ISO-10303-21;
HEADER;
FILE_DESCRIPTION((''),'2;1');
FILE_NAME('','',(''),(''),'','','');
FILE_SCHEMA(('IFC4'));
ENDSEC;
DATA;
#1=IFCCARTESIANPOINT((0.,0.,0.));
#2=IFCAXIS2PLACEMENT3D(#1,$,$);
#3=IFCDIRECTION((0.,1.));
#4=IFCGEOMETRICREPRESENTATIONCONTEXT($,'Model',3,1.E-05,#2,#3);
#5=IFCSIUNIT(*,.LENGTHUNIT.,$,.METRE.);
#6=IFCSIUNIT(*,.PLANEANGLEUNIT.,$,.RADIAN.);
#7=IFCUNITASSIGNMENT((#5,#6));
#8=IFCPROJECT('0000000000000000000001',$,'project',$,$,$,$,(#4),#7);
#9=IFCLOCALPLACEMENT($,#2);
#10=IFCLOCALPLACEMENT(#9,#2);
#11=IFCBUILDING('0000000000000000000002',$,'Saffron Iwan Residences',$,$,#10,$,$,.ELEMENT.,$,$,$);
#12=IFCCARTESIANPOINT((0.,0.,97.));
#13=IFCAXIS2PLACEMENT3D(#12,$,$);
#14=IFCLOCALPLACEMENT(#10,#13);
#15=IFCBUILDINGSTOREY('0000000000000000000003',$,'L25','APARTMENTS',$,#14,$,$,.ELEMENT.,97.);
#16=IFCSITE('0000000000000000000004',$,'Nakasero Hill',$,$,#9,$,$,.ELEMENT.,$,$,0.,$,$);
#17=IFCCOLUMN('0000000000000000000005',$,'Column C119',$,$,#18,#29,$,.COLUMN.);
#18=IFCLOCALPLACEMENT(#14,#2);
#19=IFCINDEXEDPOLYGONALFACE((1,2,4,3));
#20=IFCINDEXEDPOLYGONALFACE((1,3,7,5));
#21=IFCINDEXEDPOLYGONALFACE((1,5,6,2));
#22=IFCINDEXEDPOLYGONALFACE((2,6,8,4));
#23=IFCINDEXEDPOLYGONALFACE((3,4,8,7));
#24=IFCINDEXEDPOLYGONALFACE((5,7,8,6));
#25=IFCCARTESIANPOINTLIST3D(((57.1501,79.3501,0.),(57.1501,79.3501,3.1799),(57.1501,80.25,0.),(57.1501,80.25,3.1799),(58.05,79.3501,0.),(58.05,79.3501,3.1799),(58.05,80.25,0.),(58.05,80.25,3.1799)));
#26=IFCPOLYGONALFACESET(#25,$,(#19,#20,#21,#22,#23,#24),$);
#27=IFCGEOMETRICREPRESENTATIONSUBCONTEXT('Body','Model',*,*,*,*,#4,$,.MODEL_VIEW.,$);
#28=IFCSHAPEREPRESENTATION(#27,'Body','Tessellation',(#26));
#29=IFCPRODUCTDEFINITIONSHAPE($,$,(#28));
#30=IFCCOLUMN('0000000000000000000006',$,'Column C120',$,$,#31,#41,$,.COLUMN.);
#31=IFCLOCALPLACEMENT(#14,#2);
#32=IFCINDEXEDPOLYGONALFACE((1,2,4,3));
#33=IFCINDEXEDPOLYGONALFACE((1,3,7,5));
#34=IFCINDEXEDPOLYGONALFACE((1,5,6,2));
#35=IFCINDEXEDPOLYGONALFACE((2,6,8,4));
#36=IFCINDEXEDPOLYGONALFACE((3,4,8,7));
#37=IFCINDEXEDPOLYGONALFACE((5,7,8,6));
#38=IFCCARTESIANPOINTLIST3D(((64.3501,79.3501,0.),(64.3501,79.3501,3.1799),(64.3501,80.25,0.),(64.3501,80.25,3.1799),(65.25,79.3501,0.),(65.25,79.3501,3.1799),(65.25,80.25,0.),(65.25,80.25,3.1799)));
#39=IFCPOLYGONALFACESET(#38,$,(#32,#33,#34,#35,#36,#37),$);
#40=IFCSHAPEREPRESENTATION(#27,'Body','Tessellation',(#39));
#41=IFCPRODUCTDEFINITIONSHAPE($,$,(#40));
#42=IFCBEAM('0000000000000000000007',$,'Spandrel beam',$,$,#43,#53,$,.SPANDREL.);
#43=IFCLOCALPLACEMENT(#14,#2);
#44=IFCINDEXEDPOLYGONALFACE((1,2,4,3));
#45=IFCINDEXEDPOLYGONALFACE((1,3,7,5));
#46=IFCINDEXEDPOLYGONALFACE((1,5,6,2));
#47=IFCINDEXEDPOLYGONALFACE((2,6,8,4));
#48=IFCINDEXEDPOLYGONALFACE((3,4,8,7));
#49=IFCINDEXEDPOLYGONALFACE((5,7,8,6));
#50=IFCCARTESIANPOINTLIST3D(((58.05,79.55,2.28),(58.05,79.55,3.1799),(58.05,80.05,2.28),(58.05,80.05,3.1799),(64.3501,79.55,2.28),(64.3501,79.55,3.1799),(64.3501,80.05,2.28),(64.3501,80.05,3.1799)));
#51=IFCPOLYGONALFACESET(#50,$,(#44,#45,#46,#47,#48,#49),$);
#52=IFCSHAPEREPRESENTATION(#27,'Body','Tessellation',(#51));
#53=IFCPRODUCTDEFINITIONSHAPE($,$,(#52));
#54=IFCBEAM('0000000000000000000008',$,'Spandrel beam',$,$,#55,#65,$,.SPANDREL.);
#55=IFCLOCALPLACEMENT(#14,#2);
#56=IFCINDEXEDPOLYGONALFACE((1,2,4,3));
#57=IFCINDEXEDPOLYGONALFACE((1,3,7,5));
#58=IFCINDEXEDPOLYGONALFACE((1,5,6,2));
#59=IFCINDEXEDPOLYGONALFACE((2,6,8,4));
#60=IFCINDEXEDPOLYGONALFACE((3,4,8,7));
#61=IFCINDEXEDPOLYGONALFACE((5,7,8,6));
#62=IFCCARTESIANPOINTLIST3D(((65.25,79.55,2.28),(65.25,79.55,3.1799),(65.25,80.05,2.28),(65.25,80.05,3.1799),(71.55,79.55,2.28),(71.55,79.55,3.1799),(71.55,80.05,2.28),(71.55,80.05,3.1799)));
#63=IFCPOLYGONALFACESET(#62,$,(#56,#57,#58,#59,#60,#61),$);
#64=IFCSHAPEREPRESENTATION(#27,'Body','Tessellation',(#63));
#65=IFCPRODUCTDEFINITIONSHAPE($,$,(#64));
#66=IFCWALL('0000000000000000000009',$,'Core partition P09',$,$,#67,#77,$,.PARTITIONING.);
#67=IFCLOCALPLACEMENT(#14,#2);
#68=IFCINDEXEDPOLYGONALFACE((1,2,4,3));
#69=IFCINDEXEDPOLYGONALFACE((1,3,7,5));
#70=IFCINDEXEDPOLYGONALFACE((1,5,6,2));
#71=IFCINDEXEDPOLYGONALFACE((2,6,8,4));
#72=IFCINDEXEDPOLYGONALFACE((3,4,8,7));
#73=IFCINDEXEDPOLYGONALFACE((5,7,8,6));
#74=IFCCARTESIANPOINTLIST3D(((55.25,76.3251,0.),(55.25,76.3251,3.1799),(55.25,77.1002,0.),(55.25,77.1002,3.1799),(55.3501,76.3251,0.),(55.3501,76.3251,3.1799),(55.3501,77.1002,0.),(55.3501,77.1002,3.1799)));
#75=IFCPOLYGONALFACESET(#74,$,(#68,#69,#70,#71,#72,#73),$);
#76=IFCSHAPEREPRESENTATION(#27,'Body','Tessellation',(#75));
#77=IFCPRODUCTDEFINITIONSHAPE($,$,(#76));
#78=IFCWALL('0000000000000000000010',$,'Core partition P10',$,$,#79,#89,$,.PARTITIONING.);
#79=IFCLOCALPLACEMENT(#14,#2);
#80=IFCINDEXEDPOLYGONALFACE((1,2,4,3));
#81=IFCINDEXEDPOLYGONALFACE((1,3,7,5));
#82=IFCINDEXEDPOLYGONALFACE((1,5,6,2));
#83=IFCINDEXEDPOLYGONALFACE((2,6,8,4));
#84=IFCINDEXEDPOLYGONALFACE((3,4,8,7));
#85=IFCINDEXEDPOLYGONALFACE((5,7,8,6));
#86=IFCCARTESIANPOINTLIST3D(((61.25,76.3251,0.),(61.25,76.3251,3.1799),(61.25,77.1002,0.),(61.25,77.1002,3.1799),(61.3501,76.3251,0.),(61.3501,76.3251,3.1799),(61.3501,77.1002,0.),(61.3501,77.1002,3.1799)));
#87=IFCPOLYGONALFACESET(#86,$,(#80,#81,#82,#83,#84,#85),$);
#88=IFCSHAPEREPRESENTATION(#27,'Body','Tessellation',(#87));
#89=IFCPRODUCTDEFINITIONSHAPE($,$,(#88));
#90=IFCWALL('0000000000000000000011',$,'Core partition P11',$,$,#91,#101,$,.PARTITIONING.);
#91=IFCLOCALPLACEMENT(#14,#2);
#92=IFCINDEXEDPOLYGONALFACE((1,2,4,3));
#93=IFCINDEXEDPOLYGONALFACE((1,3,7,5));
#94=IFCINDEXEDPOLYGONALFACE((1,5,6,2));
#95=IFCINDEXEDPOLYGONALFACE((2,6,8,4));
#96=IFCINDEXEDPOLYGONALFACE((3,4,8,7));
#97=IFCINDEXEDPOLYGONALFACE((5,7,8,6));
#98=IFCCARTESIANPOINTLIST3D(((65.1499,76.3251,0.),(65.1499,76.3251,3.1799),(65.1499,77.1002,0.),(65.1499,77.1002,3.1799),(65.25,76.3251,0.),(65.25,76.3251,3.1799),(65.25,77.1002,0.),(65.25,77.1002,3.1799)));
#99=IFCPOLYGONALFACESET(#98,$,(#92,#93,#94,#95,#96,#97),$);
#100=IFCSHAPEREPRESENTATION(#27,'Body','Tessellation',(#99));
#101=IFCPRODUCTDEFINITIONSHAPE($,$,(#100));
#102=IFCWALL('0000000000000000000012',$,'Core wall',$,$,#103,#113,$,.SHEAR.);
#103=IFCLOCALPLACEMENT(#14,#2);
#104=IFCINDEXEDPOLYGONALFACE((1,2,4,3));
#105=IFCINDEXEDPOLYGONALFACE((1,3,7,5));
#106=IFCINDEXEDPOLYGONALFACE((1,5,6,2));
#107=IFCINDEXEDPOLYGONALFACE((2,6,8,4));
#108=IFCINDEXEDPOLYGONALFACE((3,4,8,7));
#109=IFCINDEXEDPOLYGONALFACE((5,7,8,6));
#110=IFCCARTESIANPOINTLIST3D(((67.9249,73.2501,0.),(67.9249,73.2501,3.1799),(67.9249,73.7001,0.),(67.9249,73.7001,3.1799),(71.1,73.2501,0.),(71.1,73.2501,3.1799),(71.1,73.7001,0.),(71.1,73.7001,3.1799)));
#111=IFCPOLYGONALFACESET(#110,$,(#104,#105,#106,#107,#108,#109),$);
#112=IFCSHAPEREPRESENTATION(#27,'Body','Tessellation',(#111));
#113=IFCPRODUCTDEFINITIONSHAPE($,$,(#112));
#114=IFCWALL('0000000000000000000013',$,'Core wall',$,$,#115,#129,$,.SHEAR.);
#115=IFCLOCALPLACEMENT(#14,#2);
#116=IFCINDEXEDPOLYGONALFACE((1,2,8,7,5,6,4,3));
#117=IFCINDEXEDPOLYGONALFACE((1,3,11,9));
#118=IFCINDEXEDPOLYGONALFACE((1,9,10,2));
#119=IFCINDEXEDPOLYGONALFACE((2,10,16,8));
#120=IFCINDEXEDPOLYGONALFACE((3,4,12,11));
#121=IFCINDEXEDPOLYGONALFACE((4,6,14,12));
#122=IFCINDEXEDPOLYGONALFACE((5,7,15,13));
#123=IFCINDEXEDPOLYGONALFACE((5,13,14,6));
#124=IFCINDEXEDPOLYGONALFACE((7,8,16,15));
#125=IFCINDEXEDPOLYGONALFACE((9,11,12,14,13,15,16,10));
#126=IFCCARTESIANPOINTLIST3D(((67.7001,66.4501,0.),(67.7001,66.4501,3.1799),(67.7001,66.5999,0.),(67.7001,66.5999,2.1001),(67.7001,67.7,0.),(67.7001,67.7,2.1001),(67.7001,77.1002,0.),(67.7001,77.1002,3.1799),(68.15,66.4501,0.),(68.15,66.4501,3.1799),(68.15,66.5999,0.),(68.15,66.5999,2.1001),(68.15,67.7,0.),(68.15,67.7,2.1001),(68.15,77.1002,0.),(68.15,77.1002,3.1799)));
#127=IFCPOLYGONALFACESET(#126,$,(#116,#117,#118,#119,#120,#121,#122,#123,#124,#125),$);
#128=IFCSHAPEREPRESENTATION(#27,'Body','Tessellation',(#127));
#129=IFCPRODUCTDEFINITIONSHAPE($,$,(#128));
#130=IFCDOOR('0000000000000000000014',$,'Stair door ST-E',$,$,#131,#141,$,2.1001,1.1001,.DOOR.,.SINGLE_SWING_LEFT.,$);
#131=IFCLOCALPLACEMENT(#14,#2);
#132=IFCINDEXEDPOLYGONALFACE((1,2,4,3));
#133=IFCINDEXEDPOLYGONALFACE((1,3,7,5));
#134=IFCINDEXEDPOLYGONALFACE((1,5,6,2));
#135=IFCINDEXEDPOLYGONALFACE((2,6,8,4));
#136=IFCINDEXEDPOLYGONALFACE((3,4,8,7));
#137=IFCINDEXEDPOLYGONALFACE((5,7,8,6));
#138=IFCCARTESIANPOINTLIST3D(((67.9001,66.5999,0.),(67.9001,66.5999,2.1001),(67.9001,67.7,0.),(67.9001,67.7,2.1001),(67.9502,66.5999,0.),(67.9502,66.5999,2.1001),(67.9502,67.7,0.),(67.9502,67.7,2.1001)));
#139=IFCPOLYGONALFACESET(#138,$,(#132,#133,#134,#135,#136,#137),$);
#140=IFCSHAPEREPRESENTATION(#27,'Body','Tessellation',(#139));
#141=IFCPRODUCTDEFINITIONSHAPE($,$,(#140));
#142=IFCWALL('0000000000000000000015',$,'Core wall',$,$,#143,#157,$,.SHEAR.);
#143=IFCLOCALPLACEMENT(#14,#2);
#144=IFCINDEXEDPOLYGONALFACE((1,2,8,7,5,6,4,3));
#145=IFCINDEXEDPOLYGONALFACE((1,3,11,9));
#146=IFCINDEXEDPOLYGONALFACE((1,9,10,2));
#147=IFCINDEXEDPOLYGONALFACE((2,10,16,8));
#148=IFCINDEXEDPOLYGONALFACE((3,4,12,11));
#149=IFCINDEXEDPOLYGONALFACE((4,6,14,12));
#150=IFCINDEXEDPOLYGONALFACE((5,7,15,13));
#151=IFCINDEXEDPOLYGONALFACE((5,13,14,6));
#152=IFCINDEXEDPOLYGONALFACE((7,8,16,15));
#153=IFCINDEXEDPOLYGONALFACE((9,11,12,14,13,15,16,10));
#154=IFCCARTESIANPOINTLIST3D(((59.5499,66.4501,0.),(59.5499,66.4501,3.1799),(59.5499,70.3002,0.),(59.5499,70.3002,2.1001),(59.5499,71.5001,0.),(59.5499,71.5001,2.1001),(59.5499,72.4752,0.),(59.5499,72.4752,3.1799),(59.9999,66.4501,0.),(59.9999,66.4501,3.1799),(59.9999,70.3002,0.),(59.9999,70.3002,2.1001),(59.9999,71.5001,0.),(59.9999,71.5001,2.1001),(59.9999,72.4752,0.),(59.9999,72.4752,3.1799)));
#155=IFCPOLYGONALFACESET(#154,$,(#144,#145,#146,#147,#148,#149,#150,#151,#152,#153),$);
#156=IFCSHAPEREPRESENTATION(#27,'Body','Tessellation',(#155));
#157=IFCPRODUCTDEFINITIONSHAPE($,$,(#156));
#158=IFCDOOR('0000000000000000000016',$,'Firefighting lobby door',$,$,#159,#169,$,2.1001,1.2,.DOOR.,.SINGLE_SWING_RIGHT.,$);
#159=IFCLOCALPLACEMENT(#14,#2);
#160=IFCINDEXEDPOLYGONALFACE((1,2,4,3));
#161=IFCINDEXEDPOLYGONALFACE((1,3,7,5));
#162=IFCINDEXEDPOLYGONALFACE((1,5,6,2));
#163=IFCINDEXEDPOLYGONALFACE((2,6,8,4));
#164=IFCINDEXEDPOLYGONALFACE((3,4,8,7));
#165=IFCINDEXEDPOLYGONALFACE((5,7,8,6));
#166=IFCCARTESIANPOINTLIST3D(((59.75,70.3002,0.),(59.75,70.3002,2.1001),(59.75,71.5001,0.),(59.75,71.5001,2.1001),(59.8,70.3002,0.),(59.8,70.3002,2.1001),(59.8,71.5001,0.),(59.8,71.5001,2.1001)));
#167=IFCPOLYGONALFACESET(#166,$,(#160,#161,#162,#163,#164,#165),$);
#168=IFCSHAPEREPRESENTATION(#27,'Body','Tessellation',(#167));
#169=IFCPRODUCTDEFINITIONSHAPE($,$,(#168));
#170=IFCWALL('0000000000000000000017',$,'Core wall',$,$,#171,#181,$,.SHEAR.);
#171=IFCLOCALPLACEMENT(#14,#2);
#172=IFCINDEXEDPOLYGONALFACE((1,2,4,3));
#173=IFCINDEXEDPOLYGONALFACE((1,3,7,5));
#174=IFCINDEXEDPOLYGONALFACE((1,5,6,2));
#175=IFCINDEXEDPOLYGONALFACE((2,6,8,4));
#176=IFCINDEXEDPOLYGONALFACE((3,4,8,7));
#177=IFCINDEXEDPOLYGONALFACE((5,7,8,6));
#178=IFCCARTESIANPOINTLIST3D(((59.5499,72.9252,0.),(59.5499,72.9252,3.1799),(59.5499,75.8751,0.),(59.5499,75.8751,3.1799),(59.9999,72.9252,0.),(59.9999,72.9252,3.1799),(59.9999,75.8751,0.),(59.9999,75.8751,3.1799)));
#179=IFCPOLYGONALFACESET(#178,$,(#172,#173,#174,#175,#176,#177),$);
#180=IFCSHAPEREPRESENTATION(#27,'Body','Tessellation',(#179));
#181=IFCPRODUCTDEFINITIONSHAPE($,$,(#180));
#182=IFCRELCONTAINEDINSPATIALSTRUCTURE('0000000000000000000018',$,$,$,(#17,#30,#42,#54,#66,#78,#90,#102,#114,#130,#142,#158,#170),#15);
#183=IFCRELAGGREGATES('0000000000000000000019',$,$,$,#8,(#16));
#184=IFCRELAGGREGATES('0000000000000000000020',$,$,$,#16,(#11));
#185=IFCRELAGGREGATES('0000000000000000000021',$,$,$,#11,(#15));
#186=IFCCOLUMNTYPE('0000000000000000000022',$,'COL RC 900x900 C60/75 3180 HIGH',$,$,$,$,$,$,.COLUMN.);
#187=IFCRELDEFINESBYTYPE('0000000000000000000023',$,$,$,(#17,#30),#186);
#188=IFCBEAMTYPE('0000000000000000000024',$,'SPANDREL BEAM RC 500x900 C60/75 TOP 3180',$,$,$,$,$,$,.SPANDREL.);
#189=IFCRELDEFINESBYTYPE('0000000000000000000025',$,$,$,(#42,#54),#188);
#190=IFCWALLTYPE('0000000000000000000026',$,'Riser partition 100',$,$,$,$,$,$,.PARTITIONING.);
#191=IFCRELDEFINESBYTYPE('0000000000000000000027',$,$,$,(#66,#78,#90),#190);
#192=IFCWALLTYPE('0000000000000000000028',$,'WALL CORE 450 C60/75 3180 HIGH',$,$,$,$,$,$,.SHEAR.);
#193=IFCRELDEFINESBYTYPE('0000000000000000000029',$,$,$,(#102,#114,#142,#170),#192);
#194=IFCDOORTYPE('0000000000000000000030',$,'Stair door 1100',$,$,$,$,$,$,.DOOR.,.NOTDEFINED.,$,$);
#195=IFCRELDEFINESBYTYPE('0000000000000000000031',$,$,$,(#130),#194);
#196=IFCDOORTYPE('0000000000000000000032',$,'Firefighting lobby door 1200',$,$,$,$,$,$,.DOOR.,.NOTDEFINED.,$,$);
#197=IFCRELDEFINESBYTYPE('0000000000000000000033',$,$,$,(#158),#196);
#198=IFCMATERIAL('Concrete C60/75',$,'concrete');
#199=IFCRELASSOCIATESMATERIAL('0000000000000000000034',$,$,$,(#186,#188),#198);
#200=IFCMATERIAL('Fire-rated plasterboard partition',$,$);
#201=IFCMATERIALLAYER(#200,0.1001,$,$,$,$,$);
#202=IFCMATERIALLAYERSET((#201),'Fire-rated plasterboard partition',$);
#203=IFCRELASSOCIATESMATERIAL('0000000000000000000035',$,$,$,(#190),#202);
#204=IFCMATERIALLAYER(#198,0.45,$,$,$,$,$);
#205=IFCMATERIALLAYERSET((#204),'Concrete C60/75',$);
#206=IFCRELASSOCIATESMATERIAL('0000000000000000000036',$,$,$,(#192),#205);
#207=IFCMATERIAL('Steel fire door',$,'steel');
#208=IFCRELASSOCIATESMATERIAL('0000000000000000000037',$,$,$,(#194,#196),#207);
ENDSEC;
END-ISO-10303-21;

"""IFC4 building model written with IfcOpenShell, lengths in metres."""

from ifc_helpers import new_model, si_unit, direction, frame, frame_2d, origin, origin_2d, place, context, subcontext, project, spatial, rectangle, extrude, source, transform, mapped, material, layer, layer_set, material_profile, profile_set, type_object, element, fill, save


model = new_model("IFC4")

# Units and contexts
model_context = context("Model", 3, precision=1e-05, world=origin(), true_north=direction((0.0, 1.0)))
body_context = subcontext(model_context, "Body", "Model", "MODEL_VIEW")
ifc_project = project(units=[si_unit("LENGTHUNIT", "METRE"), si_unit("PLANEANGLEUNIT", "RADIAN")], contexts=[model_context])

# Site, building, storey
site_placement = place(None, origin())
site = spatial("IfcSite", under=ifc_project, at=site_placement, Name="Nakasero Hill", CompositionType="ELEMENT", RefElevation=0.0)
building_placement = place(site_placement, origin())
building = spatial("IfcBuilding", under=site, at=building_placement, Name="Saffron Iwan Residences", CompositionType="ELEMENT")
storey_placement = place(building_placement, frame((0.0, 0.0, 97.0)))
storey = spatial("IfcBuildingStorey", under=building, at=storey_placement, Name="L25", Description="APARTMENTS", CompositionType="ELEMENT", Elevation=97.0)

# Columns
ifc_material_1 = material(Name="Concrete C60/75", Category="concrete")
ifc_material_profile_1 = material_profile(ifc_material_1, rectangle(XDim=0.8999, YDim=0.8999, at=origin_2d()), Name="RC 900x900")
ifc_profile_set_1 = profile_set([ifc_material_profile_1], Name="Concrete C60/75")
column_type = type_object("IfcColumnType", Name="COL RC 900x900 C60/75 3180 HIGH", PredefinedType="COLUMN", material=ifc_profile_set_1)
shared_shape_1 = source(origin(), body_context, "Body", "SweptSolid", [
    extrude(rectangle(XDim=0.8999, YDim=0.8999, at=origin_2d()), origin(), (0.0, 0.0, 1.0), 3.1799),
])
for number, where, z_axis, x_axis, name in (
    (1, (57.6001, 79.8, 0.0), (0.0, 0.0, 1.0), (1.0, 0.0, 0.0), "Column C119"),
    (2, (64.8, 79.8, 0.0), (0.0, 0.0, 1.0), (1.0, 0.0, 0.0), "Column C120"),
):
    element("IfcColumn", number, at=place(storey_placement, frame(where, z_axis=z_axis, x_axis=x_axis)), inside=storey, type_object=column_type, Name=name, PredefinedType="COLUMN", context=body_context, shape_type="MappedRepresentation", body=[
        mapped(shared_shape_1, transform((0.0, 0.0, 0.0))),
    ])

# Beams
ifc_material_profile_2 = material_profile(ifc_material_1, rectangle(XDim=0.5, YDim=0.8999, at=origin_2d()), Name="RC 500x900")
ifc_profile_set_2 = profile_set([ifc_material_profile_2], Name="Concrete C60/75")
beam_type = type_object("IfcBeamType", Name="SPANDREL BEAM RC 500x900 C60/75 TOP 3180", PredefinedType="SPANDREL", material=ifc_profile_set_2)
shared_shape_2 = source(origin(), body_context, "Body", "SweptSolid", [
    extrude(rectangle(XDim=0.5, YDim=0.8999, at=origin_2d()), origin(), (0.0, 0.0, 1.0), 6.3),
])
for number, where, z_axis, x_axis, name in (
    (3, (58.05, 79.8, 2.73), (1.0, 0.0, 0.0), (0.0, 1.0, 0.0), "Spandrel beam"),
    (4, (65.25, 79.8, 2.73), (1.0, 0.0, 0.0), (0.0, 1.0, 0.0), "Spandrel beam"),
):
    element("IfcBeam", number, at=place(storey_placement, frame(where, z_axis=z_axis, x_axis=x_axis)), inside=storey, type_object=beam_type, Name=name, PredefinedType="SPANDREL", context=body_context, shape_type="MappedRepresentation", body=[
        mapped(shared_shape_2, transform((0.0, 0.0, 0.0))),
    ])

# Walls
ifc_material_2 = material(Name="Fire-rated plasterboard partition")
ifc_layer_1 = layer(ifc_material_2, 0.1001)
ifc_layer_set_1 = layer_set([ifc_layer_1], Name="Fire-rated plasterboard partition")
wall_type_1 = type_object("IfcWallType", Name="Riser partition 100", PredefinedType="PARTITIONING", material=ifc_layer_set_1)
for number, where, z_axis, x_axis, name in (
    (5, (55.3, 76.325, 0.0), (0.0, 0.0, 1.0), (0.0, 1.0, 0.0), "Core partition P09"),
    (6, (61.3, 76.325, 0.0), (0.0, 0.0, 1.0), (0.0, 1.0, 0.0), "Core partition P10"),
    (7, (65.2, 76.325, 0.0), (0.0, 0.0, 1.0), (0.0, 1.0, 0.0), "Core partition P11"),
):
    element("IfcWall", number, at=place(storey_placement, frame(where, z_axis=z_axis, x_axis=x_axis)), inside=storey, type_object=wall_type_1, Name=name, PredefinedType="PARTITIONING", context=body_context, shape_type="SweptSolid", body=[
        extrude(rectangle(XDim=0.7751, YDim=0.1001, at=frame_2d((0.3877, 0.0))), origin(), (0.0, 0.0, 1.0), 3.1799),
    ])
ifc_layer_2 = layer(ifc_material_1, 0.45)
ifc_layer_set_2 = layer_set([ifc_layer_2], Name="Concrete C60/75")
wall_type_2 = type_object("IfcWallType", Name="WALL CORE 450 C60/75 3180 HIGH", PredefinedType="SHEAR", material=ifc_layer_set_2)
wall_1_placement = place(storey_placement, frame((67.925, 73.4751, 0.0), z_axis=(0.0, 0.0, 1.0), x_axis=(1.0, 0.0, 0.0)))
element("IfcWall", 8, at=wall_1_placement, inside=storey, type_object=wall_type_2, Name="Core wall", PredefinedType="SHEAR", context=body_context, shape_type="SweptSolid", body=[
    extrude(rectangle(XDim=3.175, YDim=0.45, at=frame_2d((1.5874, 0.0))), origin(), (0.0, 0.0, 1.0), 3.1799),
])

# Walls, openings, doors
wall_2_placement = place(storey_placement, frame((67.925, 66.45, 0.0), z_axis=(0.0, 0.0, 1.0), x_axis=(0.0, 1.0, 0.0)))
wall_2 = element("IfcWall", 9, at=wall_2_placement, inside=storey, type_object=wall_type_2, Name="Core wall", PredefinedType="SHEAR", context=body_context, shape_type="SweptSolid", body=[
    extrude(rectangle(XDim=10.6501, YDim=0.45, at=frame_2d((5.3252, 0.0))), origin(), (0.0, 0.0, 1.0), 3.1799),
])
opening_1_placement = place(wall_2_placement, frame((0.1499, 0.0, 0.0)))
opening_1 = element("IfcOpeningElement", 10, at=opening_1_placement, cuts=wall_2, PredefinedType="OPENING", context=body_context, shape_type="SweptSolid", body=[
    extrude(rectangle(XDim=1.1001, YDim=2.1001, at=frame_2d((0.55, 1.05))), frame((0.0, 0.2349, 0.0), z_axis=(0.0, -1.0, 0.0), x_axis=(1.0, 0.0, 0.0)), (0.0, 0.0, 1.0), 0.47),
])
ifc_material_3 = material(Name="Steel fire door", Category="steel")
door_type_1 = type_object("IfcDoorType", Name="Stair door 1100", OperationType="NOTDEFINED", PredefinedType="DOOR", material=ifc_material_3)
door_1_placement = place(opening_1_placement, origin())
door_1 = element("IfcDoor", 11, at=door_1_placement, inside=storey, type_object=door_type_1, Name="Stair door ST-E", OperationType="SINGLE_SWING_LEFT", OverallHeight=2.1001, OverallWidth=1.1001, PredefinedType="DOOR", context=body_context, shape_type="SweptSolid", body=[
    extrude(rectangle(XDim=1.1001, YDim=2.1001, at=frame_2d((0.55, 1.05))), frame((0.0, 0.0249, 0.0), z_axis=(0.0, -1.0, 0.0), x_axis=(1.0, 0.0, 0.0)), (0.0, 0.0, 1.0), 0.05),
])
fill(opening_1, door_1)
wall_3_placement = place(storey_placement, frame((59.7749, 66.45, 0.0), z_axis=(0.0, 0.0, 1.0), x_axis=(0.0, 1.0, 0.0)))
wall_3 = element("IfcWall", 12, at=wall_3_placement, inside=storey, type_object=wall_type_2, Name="Core wall", PredefinedType="SHEAR", context=body_context, shape_type="SweptSolid", body=[
    extrude(rectangle(XDim=6.0251, YDim=0.45, at=frame_2d((3.0127, 0.0))), origin(), (0.0, 0.0, 1.0), 3.1799),
])
opening_2_placement = place(wall_3_placement, frame((3.8501, 0.0, 0.0)))
opening_2 = element("IfcOpeningElement", 13, at=opening_2_placement, cuts=wall_3, PredefinedType="OPENING", context=body_context, shape_type="SweptSolid", body=[
    extrude(rectangle(XDim=1.2, YDim=2.1001, at=frame_2d((0.6001, 1.05))), frame((0.0, 0.2349, 0.0), z_axis=(0.0, -1.0, 0.0), x_axis=(1.0, 0.0, 0.0)), (0.0, 0.0, 1.0), 0.47),
])
door_type_2 = type_object("IfcDoorType", Name="Firefighting lobby door 1200", OperationType="NOTDEFINED", PredefinedType="DOOR", material=ifc_material_3)
door_2_placement = place(opening_2_placement, origin())
door_2 = element("IfcDoor", 14, at=door_2_placement, inside=storey, type_object=door_type_2, Name="Firefighting lobby door", OperationType="SINGLE_SWING_RIGHT", OverallHeight=2.1001, OverallWidth=1.2, PredefinedType="DOOR", context=body_context, shape_type="SweptSolid", body=[
    extrude(rectangle(XDim=1.2, YDim=2.1001, at=frame_2d((0.6001, 1.05))), frame((0.0, 0.0249, 0.0), z_axis=(0.0, -1.0, 0.0), x_axis=(1.0, 0.0, 0.0)), (0.0, 0.0, 1.0), 0.05),
])
fill(opening_2, door_2)

# Wall
wall_4_placement = place(storey_placement, frame((59.7749, 72.925, 0.0), z_axis=(0.0, 0.0, 1.0), x_axis=(0.0, 1.0, 0.0)))
element("IfcWall", 15, at=wall_4_placement, inside=storey, type_object=wall_type_2, Name="Core wall", PredefinedType="SHEAR", context=body_context, shape_type="SweptSolid", body=[
    extrude(rectangle(XDim=2.95, YDim=0.45, at=frame_2d((1.4751, 0.0))), origin(), (0.0, 0.0, 1.0), 3.1799),
])

save(model, "model.ifc")
